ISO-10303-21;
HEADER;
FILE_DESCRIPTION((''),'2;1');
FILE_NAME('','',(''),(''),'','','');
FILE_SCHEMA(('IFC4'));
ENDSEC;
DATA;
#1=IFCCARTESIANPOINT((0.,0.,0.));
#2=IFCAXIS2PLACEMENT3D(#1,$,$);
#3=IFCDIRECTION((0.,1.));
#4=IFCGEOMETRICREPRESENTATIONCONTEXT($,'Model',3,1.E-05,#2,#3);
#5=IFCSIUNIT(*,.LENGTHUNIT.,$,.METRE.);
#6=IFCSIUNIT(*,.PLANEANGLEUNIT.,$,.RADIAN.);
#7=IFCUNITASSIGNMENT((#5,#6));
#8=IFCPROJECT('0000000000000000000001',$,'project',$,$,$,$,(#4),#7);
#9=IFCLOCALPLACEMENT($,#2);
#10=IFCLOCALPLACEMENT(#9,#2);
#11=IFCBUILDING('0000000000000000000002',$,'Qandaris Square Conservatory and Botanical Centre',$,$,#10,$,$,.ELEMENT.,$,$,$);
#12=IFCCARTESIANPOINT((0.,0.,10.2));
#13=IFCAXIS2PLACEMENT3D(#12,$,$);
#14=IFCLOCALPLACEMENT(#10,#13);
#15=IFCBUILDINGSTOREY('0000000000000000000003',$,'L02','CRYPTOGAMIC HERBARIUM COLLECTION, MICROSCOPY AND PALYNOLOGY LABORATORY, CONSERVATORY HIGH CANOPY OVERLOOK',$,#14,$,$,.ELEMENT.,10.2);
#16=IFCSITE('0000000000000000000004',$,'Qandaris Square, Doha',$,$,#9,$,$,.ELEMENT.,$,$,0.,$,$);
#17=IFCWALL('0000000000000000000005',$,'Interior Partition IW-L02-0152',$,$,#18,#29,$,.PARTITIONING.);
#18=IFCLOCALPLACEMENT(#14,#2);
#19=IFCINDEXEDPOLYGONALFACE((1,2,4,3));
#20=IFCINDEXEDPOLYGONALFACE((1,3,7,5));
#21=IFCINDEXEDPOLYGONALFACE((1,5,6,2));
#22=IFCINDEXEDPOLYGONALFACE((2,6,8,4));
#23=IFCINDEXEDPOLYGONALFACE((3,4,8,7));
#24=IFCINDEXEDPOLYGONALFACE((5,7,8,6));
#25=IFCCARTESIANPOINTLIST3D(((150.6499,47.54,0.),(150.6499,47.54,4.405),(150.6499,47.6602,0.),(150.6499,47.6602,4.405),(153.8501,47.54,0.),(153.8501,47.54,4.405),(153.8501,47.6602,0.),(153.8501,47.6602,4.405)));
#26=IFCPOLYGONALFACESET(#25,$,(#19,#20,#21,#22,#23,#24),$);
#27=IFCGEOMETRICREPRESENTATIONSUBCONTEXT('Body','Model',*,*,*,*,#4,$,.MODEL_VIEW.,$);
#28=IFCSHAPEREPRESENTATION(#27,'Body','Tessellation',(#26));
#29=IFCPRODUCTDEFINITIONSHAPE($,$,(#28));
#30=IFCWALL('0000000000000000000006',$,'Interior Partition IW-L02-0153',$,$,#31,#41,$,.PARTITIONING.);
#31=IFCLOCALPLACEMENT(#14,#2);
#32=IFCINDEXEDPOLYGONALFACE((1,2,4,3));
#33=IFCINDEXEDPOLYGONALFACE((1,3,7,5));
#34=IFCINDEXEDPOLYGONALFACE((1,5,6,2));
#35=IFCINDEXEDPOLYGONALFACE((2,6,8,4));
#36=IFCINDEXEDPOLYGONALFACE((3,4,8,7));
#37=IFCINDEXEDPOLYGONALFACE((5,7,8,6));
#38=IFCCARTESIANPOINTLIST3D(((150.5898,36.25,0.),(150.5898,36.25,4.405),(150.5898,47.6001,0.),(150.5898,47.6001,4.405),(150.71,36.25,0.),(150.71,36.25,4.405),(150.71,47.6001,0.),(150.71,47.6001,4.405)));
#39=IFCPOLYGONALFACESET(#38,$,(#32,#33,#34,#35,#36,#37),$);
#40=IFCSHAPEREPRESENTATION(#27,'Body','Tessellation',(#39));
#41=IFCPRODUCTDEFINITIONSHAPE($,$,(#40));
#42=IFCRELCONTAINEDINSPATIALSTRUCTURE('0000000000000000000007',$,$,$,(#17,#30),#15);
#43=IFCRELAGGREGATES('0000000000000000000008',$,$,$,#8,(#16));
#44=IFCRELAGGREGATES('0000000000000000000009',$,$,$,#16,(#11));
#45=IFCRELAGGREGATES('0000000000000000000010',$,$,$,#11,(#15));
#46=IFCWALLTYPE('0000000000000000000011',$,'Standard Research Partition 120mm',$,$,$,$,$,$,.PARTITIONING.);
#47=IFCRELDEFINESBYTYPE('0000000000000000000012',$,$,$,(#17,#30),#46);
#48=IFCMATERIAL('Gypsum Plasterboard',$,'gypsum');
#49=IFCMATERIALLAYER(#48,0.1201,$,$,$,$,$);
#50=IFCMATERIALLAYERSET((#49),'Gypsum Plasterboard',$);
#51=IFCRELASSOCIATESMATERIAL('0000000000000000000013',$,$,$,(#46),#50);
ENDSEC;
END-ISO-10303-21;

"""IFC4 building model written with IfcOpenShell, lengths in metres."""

from ifc_helpers import new_model, si_unit, direction, frame, frame_2d, origin, place, context, subcontext, project, spatial, rectangle, extrude, material, layer, layer_set, type_object, element, save


model = new_model("IFC4")

# Units and contexts
model_context = context("Model", 3, precision=1e-05, world=origin(), true_north=direction((0.0, 1.0)))
body_context = subcontext(model_context, "Body", "Model", "MODEL_VIEW")
ifc_project = project(units=[si_unit("LENGTHUNIT", "METRE"), si_unit("PLANEANGLEUNIT", "RADIAN")], contexts=[model_context])

# Site, building, storey
site_placement = place(None, origin())
site = spatial("IfcSite", under=ifc_project, at=site_placement, Name="Qandaris Square, Doha", CompositionType="ELEMENT", RefElevation=0.0)
building_placement = place(site_placement, origin())
building = spatial("IfcBuilding", under=site, at=building_placement, Name="Qandaris Square Conservatory and Botanical Centre", CompositionType="ELEMENT")
storey_placement = place(building_placement, frame((0.0, 0.0, 10.2)))
storey = spatial("IfcBuildingStorey", under=building, at=storey_placement, Name="L02", Description="CRYPTOGAMIC HERBARIUM COLLECTION, MICROSCOPY AND PALYNOLOGY LABORATORY, CONSERVATORY HIGH CANOPY OVERLOOK", CompositionType="ELEMENT", Elevation=10.2)

# Walls
ifc_material_1 = material(Name="Gypsum Plasterboard", Category="gypsum")
ifc_layer_1 = layer(ifc_material_1, 0.1201)
ifc_layer_set_1 = layer_set([ifc_layer_1], Name="Gypsum Plasterboard")
wall_type = type_object("IfcWallType", Name="Standard Research Partition 120mm", PredefinedType="PARTITIONING", material=ifc_layer_set_1)
wall_1_placement = place(storey_placement, frame((153.8501, 47.6001, 0.0), z_axis=(0.0, 0.0, 1.0), x_axis=(-1.0, 0.0, 0.0)))
element("IfcWall", 1, at=wall_1_placement, inside=storey, type_object=wall_type, Name="Interior Partition IW-L02-0152", PredefinedType="PARTITIONING", context=body_context, shape_type="SweptSolid", body=[
    extrude(rectangle(XDim=3.2002, YDim=0.1201, at=frame_2d((1.6001, 0.0))), origin(), (0.0, 0.0, 1.0), 4.405),
])
wall_2_placement = place(storey_placement, frame((150.6499, 47.6001, 0.0), z_axis=(0.0, 0.0, 1.0), x_axis=(0.0, -1.0, 0.0)))
element("IfcWall", 2, at=wall_2_placement, inside=storey, type_object=wall_type, Name="Interior Partition IW-L02-0153", PredefinedType="PARTITIONING", context=body_context, shape_type="SweptSolid", body=[
    extrude(rectangle(XDim=11.3501, YDim=0.1201, at=frame_2d((5.675, 0.0))), origin(), (0.0, 0.0, 1.0), 4.405),
])

save(model, "model.ifc")
